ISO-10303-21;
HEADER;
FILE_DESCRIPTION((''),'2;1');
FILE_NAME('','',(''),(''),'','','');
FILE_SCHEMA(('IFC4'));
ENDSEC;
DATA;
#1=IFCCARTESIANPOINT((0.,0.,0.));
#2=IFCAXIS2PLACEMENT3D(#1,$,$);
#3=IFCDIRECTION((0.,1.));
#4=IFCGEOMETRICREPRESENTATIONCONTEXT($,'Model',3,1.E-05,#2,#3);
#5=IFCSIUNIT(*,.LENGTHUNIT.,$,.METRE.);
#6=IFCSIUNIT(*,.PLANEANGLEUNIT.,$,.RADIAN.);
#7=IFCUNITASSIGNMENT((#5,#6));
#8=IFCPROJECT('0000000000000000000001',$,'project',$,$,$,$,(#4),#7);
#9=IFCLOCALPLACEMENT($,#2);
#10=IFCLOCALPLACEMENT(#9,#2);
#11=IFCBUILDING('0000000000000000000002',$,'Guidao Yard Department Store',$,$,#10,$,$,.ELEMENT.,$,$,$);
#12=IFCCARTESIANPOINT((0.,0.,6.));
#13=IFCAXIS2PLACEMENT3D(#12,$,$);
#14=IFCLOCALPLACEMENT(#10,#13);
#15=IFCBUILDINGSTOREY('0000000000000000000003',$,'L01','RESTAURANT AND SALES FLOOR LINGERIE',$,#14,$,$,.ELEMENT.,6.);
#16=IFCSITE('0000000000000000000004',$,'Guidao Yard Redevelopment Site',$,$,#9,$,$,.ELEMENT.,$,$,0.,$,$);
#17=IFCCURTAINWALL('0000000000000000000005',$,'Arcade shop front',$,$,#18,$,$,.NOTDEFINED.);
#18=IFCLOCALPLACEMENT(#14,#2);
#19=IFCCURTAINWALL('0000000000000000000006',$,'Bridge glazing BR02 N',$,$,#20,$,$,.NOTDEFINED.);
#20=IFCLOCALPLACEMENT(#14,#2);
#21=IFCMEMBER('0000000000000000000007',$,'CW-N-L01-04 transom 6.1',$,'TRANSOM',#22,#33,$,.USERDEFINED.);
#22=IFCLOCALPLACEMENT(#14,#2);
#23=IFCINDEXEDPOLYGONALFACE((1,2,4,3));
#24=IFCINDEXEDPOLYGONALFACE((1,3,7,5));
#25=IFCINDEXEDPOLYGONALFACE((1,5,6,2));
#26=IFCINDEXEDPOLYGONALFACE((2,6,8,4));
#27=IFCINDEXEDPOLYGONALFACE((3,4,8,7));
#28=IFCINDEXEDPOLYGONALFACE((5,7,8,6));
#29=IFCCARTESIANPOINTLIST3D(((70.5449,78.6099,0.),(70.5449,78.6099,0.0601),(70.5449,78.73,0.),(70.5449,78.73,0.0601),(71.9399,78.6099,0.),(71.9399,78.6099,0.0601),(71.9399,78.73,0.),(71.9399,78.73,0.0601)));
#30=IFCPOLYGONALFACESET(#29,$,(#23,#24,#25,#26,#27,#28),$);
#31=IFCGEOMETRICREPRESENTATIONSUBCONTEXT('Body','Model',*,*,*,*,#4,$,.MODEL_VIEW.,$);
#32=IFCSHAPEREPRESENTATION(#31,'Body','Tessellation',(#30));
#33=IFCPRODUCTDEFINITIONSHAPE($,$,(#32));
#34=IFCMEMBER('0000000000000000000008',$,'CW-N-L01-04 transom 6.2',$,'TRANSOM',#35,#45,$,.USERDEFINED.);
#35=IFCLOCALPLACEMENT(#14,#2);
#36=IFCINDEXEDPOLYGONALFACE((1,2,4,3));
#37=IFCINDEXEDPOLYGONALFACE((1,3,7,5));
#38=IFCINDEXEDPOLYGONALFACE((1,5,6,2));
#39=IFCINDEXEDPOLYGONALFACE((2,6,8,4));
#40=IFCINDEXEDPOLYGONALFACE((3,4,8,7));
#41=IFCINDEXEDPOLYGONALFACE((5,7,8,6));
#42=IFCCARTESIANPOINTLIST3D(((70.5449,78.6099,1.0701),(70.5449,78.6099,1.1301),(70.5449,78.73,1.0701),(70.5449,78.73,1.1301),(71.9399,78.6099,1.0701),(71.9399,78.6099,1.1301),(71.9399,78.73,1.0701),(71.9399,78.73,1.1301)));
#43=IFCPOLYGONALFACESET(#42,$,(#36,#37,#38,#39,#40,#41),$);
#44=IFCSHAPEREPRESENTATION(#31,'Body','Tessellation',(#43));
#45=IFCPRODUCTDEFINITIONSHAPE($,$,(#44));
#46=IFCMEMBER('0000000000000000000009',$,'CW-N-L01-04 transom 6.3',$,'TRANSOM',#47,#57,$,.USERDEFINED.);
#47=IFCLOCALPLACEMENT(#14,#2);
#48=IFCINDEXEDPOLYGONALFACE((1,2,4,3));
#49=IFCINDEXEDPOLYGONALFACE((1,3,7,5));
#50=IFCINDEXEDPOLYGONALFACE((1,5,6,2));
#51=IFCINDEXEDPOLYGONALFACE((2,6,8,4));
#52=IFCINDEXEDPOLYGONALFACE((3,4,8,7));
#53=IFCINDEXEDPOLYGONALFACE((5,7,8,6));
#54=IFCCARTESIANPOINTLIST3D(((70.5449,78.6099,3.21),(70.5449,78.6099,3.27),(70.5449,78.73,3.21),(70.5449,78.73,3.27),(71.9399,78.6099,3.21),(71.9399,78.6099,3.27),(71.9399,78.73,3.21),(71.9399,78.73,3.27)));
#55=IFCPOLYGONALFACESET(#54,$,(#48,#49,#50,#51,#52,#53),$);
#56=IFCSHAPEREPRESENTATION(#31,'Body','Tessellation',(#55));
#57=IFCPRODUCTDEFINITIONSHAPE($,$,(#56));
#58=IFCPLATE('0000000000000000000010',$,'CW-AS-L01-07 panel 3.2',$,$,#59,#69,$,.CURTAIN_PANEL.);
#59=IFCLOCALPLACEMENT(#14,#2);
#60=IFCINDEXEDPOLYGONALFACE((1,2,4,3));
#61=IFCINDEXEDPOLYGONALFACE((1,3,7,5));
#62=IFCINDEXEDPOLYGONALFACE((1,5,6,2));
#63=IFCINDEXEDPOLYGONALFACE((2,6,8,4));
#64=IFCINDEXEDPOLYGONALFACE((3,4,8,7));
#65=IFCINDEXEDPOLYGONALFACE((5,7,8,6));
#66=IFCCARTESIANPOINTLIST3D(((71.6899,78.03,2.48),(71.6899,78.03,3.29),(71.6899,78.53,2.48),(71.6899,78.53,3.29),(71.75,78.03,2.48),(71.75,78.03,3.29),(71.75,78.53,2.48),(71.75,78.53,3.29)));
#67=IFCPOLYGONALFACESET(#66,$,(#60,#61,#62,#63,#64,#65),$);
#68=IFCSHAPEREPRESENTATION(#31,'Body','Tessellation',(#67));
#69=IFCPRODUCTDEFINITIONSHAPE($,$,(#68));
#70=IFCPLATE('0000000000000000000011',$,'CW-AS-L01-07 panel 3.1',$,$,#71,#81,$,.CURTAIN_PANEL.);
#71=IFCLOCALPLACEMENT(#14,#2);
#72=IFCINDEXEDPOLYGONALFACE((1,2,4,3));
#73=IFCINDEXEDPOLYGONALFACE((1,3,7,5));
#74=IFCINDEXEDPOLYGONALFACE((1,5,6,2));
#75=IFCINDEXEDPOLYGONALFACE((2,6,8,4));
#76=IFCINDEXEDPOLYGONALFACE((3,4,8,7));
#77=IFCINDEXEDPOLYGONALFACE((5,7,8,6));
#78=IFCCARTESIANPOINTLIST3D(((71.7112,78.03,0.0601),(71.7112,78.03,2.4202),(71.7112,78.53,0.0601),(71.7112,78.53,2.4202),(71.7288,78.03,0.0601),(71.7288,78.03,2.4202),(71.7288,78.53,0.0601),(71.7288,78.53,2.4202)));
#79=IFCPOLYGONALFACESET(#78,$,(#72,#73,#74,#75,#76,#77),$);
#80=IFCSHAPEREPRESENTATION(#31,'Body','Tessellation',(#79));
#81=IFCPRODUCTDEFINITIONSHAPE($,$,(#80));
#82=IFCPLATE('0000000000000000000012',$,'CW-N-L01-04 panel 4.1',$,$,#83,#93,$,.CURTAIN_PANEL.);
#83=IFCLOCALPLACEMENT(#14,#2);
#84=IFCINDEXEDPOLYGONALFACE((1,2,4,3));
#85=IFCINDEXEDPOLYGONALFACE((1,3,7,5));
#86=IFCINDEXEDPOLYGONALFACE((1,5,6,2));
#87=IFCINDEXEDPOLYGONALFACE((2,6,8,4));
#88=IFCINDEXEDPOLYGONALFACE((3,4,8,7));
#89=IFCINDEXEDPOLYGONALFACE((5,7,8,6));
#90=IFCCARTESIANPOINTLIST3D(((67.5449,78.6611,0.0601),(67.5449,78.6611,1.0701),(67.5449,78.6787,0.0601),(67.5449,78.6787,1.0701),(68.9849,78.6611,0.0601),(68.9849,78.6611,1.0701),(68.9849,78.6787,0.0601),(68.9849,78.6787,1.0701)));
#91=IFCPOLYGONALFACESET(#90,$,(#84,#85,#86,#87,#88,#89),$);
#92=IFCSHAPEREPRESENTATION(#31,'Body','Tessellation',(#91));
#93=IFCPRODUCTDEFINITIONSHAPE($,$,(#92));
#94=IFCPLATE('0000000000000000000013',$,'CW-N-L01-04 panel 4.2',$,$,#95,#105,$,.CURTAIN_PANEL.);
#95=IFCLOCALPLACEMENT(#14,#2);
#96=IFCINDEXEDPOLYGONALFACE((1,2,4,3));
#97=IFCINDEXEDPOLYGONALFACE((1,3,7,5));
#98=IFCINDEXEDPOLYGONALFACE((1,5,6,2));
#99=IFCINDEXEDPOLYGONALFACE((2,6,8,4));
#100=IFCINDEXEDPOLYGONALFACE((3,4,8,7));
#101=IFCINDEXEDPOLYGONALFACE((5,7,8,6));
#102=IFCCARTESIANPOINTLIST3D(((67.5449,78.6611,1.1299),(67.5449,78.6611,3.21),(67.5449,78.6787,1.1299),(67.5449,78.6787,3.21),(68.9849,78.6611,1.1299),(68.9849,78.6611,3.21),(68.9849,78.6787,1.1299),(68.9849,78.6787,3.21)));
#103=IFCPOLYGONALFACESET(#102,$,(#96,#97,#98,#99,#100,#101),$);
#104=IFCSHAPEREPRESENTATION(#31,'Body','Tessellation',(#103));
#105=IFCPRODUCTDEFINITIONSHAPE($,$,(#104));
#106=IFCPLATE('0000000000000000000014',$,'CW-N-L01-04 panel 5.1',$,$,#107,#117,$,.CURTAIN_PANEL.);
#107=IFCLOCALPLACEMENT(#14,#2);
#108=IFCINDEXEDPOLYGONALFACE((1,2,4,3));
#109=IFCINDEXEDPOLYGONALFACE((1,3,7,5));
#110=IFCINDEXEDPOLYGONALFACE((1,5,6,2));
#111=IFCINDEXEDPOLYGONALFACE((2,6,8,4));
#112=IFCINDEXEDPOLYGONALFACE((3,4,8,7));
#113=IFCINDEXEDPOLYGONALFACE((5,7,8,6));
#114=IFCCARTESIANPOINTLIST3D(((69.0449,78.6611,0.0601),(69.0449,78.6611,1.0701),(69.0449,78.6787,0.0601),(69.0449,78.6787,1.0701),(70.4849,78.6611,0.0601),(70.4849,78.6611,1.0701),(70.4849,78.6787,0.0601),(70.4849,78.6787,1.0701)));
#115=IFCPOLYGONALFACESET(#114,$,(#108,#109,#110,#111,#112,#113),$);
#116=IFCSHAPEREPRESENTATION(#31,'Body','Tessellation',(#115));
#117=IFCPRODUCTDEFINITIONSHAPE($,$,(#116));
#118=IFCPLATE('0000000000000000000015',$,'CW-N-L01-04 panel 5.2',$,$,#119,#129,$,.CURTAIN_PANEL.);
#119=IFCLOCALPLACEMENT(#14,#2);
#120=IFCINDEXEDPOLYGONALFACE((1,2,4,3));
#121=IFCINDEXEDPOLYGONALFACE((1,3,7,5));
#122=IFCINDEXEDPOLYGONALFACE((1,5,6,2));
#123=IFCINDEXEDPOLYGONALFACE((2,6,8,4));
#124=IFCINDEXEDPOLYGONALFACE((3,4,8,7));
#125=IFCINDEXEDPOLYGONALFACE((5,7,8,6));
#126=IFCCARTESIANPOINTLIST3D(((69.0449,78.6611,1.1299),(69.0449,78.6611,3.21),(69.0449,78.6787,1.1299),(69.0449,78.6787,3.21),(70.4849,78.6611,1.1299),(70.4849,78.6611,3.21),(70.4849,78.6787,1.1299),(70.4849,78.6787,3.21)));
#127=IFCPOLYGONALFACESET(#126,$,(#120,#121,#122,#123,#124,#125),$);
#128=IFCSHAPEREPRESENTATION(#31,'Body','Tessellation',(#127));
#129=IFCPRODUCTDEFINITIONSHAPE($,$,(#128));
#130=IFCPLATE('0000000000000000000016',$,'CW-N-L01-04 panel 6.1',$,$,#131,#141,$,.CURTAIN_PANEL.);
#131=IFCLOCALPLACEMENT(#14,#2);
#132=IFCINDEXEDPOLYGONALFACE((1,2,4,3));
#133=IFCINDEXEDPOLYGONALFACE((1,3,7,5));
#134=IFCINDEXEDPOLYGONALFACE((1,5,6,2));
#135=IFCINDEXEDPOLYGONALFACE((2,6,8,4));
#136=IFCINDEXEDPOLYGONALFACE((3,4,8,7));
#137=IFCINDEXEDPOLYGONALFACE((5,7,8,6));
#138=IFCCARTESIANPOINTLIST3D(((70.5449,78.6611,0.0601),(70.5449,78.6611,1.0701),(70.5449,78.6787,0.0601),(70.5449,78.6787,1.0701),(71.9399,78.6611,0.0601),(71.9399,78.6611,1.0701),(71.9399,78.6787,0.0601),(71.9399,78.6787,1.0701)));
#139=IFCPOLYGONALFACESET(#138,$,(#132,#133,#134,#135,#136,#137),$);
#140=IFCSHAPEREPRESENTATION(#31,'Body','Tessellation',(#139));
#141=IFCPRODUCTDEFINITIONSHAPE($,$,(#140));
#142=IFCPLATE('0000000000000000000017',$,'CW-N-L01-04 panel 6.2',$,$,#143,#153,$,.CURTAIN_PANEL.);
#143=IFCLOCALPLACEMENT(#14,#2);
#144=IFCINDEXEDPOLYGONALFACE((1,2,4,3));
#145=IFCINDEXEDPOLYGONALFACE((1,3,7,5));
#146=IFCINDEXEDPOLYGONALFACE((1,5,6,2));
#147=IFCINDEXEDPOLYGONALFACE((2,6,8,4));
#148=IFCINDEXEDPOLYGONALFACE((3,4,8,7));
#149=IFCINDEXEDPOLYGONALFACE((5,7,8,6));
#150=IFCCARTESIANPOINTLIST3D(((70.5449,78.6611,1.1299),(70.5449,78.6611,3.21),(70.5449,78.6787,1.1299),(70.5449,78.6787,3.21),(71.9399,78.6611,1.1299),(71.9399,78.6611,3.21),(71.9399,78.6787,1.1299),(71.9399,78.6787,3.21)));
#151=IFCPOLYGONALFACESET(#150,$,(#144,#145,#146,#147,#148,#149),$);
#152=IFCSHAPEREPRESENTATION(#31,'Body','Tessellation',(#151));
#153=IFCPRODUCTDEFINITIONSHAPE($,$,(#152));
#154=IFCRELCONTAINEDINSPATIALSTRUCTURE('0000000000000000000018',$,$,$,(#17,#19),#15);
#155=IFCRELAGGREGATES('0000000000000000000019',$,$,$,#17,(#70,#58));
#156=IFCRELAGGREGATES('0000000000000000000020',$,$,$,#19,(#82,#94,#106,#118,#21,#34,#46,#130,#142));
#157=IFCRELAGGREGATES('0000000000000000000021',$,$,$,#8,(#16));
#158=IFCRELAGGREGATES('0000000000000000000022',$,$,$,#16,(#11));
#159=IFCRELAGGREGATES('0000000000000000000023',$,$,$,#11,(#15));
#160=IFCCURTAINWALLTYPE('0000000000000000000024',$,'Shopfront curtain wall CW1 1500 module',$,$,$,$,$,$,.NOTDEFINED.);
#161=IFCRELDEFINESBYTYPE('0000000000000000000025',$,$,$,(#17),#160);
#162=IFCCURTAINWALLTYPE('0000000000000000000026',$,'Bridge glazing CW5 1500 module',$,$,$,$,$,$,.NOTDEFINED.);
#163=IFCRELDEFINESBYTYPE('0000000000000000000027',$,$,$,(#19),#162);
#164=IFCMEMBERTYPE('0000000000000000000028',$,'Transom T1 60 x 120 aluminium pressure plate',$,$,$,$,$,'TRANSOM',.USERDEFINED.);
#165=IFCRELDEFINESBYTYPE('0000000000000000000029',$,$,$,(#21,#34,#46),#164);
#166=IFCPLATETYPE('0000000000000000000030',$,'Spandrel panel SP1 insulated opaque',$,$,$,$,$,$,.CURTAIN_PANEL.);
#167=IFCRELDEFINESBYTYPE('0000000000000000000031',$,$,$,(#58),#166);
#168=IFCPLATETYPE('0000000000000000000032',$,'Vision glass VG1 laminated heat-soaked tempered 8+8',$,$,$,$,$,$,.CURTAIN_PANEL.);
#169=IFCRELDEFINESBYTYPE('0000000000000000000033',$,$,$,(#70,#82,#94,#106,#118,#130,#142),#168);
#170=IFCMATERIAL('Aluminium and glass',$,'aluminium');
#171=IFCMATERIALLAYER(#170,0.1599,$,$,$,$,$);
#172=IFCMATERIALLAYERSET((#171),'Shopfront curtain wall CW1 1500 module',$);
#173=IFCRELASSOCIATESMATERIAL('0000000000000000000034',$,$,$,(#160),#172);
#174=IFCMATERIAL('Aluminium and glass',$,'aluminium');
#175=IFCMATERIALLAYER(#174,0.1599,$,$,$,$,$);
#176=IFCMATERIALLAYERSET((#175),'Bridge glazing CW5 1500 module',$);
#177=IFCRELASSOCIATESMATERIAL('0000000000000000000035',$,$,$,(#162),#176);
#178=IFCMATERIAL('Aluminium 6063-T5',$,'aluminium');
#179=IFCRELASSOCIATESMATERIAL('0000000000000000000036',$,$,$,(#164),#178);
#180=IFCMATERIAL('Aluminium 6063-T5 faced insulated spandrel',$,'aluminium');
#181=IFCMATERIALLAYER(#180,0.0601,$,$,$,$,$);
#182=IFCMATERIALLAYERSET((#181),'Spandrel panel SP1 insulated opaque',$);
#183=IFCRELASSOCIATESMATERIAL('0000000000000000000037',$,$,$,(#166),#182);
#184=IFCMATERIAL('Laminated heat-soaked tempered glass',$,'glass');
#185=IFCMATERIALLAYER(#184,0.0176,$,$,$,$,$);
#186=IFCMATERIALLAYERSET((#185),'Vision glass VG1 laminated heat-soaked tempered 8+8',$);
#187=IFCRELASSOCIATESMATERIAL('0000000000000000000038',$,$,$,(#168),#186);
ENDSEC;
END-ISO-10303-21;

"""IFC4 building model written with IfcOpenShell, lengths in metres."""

from ifc_helpers import new_model, si_unit, direction, frame, origin, origin_2d, place, context, subcontext, project, spatial, rectangle, extrude, material, layer, layer_set, material_profile, profile_set, type_object, element, aggregate, save


model = new_model("IFC4")

# Units and contexts
model_context = context("Model", 3, precision=1e-05, world=origin(), true_north=direction((0.0, 1.0)))
body_context = subcontext(model_context, "Body", "Model", "MODEL_VIEW")
ifc_project = project(units=[si_unit("LENGTHUNIT", "METRE"), si_unit("PLANEANGLEUNIT", "RADIAN")], contexts=[model_context])

# Site, building, storey
site_placement = place(None, origin())
site = spatial("IfcSite", under=ifc_project, at=site_placement, Name="Guidao Yard Redevelopment Site", CompositionType="ELEMENT", RefElevation=0.0)
building_placement = place(site_placement, origin())
building = spatial("IfcBuilding", under=site, at=building_placement, Name="Guidao Yard Department Store", CompositionType="ELEMENT")
storey_placement = place(building_placement, frame((0.0, 0.0, 6.0)))
storey = spatial("IfcBuildingStorey", under=building, at=storey_placement, Name="L01", Description="RESTAURANT AND SALES FLOOR LINGERIE", CompositionType="ELEMENT", Elevation=6.0)

# Curtain wall
ifc_material_1 = material(Name="Aluminium and glass", Category="aluminium")
ifc_layer_1 = layer(ifc_material_1, 0.1599)
ifc_layer_set_1 = layer_set([ifc_layer_1], Name="Shopfront curtain wall CW1 1500 module")
curtain_wall_type_1 = type_object("IfcCurtainWallType", Name="Shopfront curtain wall CW1 1500 module", PredefinedType="NOTDEFINED", material=ifc_layer_set_1)
curtain_wall_1_placement = place(storey_placement, origin())
curtain_wall_1 = element("IfcCurtainWall", 1, at=curtain_wall_1_placement, inside=storey, type_object=curtain_wall_type_1, Name="Arcade shop front", PredefinedType="NOTDEFINED")

# Curtain wall
ifc_material_2 = material(Name="Aluminium and glass", Category="aluminium")
ifc_layer_2 = layer(ifc_material_2, 0.1599)
ifc_layer_set_2 = layer_set([ifc_layer_2], Name="Bridge glazing CW5 1500 module")
curtain_wall_type_2 = type_object("IfcCurtainWallType", Name="Bridge glazing CW5 1500 module", PredefinedType="NOTDEFINED", material=ifc_layer_set_2)
curtain_wall_2_placement = place(storey_placement, origin())
curtain_wall_2 = element("IfcCurtainWall", 2, at=curtain_wall_2_placement, inside=storey, type_object=curtain_wall_type_2, Name="Bridge glazing BR02 N", PredefinedType="NOTDEFINED")

# Members
ifc_material_3 = material(Name="Aluminium 6063-T5", Category="aluminium")
ifc_material_profile_1 = material_profile(ifc_material_3, rectangle(XDim=0.1201, YDim=0.0601, at=origin_2d()), Name="Transom T1 60 x 120 aluminium pressure plate")
ifc_profile_set_1 = profile_set([ifc_material_profile_1], Name="Aluminium 6063-T5")
member_type_1 = type_object("IfcMemberType", Name="Transom T1 60 x 120 aluminium pressure plate", ElementType="TRANSOM", PredefinedType="USERDEFINED", material=ifc_profile_set_1)
member_1_placement = place(storey_placement, frame((70.5449, 78.6699, 0.03), z_axis=(1.0, 0.0, 0.0), x_axis=(0.0, 1.0, 0.0)))
member_1 = element("IfcMember", 3, at=member_1_placement, type_object=member_type_1, Name="CW-N-L01-04 transom 6.1", ObjectType="TRANSOM", PredefinedType="USERDEFINED", context=body_context, shape_type="SweptSolid", body=[
    extrude(rectangle(XDim=0.1201, YDim=0.0601, at=origin_2d()), origin(), (0.0, 0.0, 1.0), 1.395),
])
member_2_placement = place(storey_placement, frame((70.5449, 78.6699, 1.1001), z_axis=(1.0, 0.0, 0.0), x_axis=(0.0, 1.0, 0.0)))
member_2 = element("IfcMember", 4, at=member_2_placement, type_object=member_type_1, Name="CW-N-L01-04 transom 6.2", ObjectType="TRANSOM", PredefinedType="USERDEFINED", context=body_context, shape_type="SweptSolid", body=[
    extrude(rectangle(XDim=0.1201, YDim=0.0601, at=origin_2d()), origin(), (0.0, 0.0, 1.0), 1.395),
])
member_3_placement = place(storey_placement, frame((70.5449, 78.6699, 3.24), z_axis=(1.0, 0.0, 0.0), x_axis=(0.0, 1.0, 0.0)))
member_3 = element("IfcMember", 5, at=member_3_placement, type_object=member_type_1, Name="CW-N-L01-04 transom 6.3", ObjectType="TRANSOM", PredefinedType="USERDEFINED", context=body_context, shape_type="SweptSolid", body=[
    extrude(rectangle(XDim=0.1201, YDim=0.0601, at=origin_2d()), origin(), (0.0, 0.0, 1.0), 1.395),
])

# Plates
ifc_material_4 = material(Name="Aluminium 6063-T5 faced insulated spandrel", Category="aluminium")
ifc_layer_3 = layer(ifc_material_4, 0.0601)
ifc_layer_set_3 = layer_set([ifc_layer_3], Name="Spandrel panel SP1 insulated opaque")
plate_type_1 = type_object("IfcPlateType", Name="Spandrel panel SP1 insulated opaque", PredefinedType="CURTAIN_PANEL", material=ifc_layer_set_3)
plate_1_placement = place(storey_placement, frame((71.72, 78.28, 2.48), z_axis=(0.0, 0.0, 1.0), x_axis=(0.0, 1.0, 0.0)))
plate_1 = element("IfcPlate", 6, at=plate_1_placement, type_object=plate_type_1, Name="CW-AS-L01-07 panel 3.2", PredefinedType="CURTAIN_PANEL", context=body_context, shape_type="SweptSolid", body=[
    extrude(rectangle(XDim=0.5, YDim=0.0601, at=origin_2d()), origin(), (0.0, 0.0, 1.0), 0.8101),
])
ifc_material_5 = material(Name="Laminated heat-soaked tempered glass", Category="glass")
ifc_layer_4 = layer(ifc_material_5, 0.0176)
ifc_layer_set_4 = layer_set([ifc_layer_4], Name="Vision glass VG1 laminated heat-soaked tempered 8+8")
plate_type_2 = type_object("IfcPlateType", Name="Vision glass VG1 laminated heat-soaked tempered 8+8", PredefinedType="CURTAIN_PANEL", material=ifc_layer_set_4)
plate_2_placement = place(storey_placement, frame((71.72, 78.28, 0.0601), z_axis=(0.0, 0.0, 1.0), x_axis=(0.0, 1.0, 0.0)))
plate_2 = element("IfcPlate", 7, at=plate_2_placement, type_object=plate_type_2, Name="CW-AS-L01-07 panel 3.1", PredefinedType="CURTAIN_PANEL", context=body_context, shape_type="SweptSolid", body=[
    extrude(rectangle(XDim=0.5, YDim=0.0176, at=origin_2d()), origin(), (0.0, 0.0, 1.0), 2.3601),
])
aggregate(curtain_wall_1, [plate_2, plate_1])
plate_3_placement = place(storey_placement, frame((68.2649, 78.6699, 0.0601), z_axis=(0.0, 0.0, 1.0), x_axis=(1.0, 0.0, 0.0)))
plate_3 = element("IfcPlate", 8, at=plate_3_placement, type_object=plate_type_2, Name="CW-N-L01-04 panel 4.1", PredefinedType="CURTAIN_PANEL", context=body_context, shape_type="SweptSolid", body=[
    extrude(rectangle(XDim=1.4399, YDim=0.0176, at=origin_2d()), origin(), (0.0, 0.0, 1.0), 1.01),
])
plate_4_placement = place(storey_placement, frame((68.2649, 78.6699, 1.1299), z_axis=(0.0, 0.0, 1.0), x_axis=(1.0, 0.0, 0.0)))
plate_4 = element("IfcPlate", 9, at=plate_4_placement, type_object=plate_type_2, Name="CW-N-L01-04 panel 4.2", PredefinedType="CURTAIN_PANEL", context=body_context, shape_type="SweptSolid", body=[
    extrude(rectangle(XDim=1.4399, YDim=0.0176, at=origin_2d()), origin(), (0.0, 0.0, 1.0), 2.0801),
])
plate_5_placement = place(storey_placement, frame((69.7649, 78.6699, 0.0601), z_axis=(0.0, 0.0, 1.0), x_axis=(1.0, 0.0, 0.0)))
plate_5 = element("IfcPlate", 10, at=plate_5_placement, type_object=plate_type_2, Name="CW-N-L01-04 panel 5.1", PredefinedType="CURTAIN_PANEL", context=body_context, shape_type="SweptSolid", body=[
    extrude(rectangle(XDim=1.4399, YDim=0.0176, at=origin_2d()), origin(), (0.0, 0.0, 1.0), 1.01),
])
plate_6_placement = place(storey_placement, frame((69.7649, 78.6699, 1.1299), z_axis=(0.0, 0.0, 1.0), x_axis=(1.0, 0.0, 0.0)))
plate_6 = element("IfcPlate", 11, at=plate_6_placement, type_object=plate_type_2, Name="CW-N-L01-04 panel 5.2", PredefinedType="CURTAIN_PANEL", context=body_context, shape_type="SweptSolid", body=[
    extrude(rectangle(XDim=1.4399, YDim=0.0176, at=origin_2d()), origin(), (0.0, 0.0, 1.0), 2.0801),
])
plate_7_placement = place(storey_placement, frame((71.2424, 78.6699, 0.0601), z_axis=(0.0, 0.0, 1.0), x_axis=(1.0, 0.0, 0.0)))
plate_7 = element("IfcPlate", 12, at=plate_7_placement, type_object=plate_type_2, Name="CW-N-L01-04 panel 6.1", PredefinedType="CURTAIN_PANEL", context=body_context, shape_type="SweptSolid", body=[
    extrude(rectangle(XDim=1.395, YDim=0.0176, at=origin_2d()), origin(), (0.0, 0.0, 1.0), 1.01),
])
plate_8_placement = place(storey_placement, frame((71.2424, 78.6699, 1.1299), z_axis=(0.0, 0.0, 1.0), x_axis=(1.0, 0.0, 0.0)))
plate_8 = element("IfcPlate", 13, at=plate_8_placement, type_object=plate_type_2, Name="CW-N-L01-04 panel 6.2", PredefinedType="CURTAIN_PANEL", context=body_context, shape_type="SweptSolid", body=[
    extrude(rectangle(XDim=1.395, YDim=0.0176, at=origin_2d()), origin(), (0.0, 0.0, 1.0), 2.0801),
])
aggregate(curtain_wall_2, [plate_3, plate_4, plate_5, plate_6, member_1, member_2, member_3, plate_7, plate_8])

save(model, "model.ifc")
